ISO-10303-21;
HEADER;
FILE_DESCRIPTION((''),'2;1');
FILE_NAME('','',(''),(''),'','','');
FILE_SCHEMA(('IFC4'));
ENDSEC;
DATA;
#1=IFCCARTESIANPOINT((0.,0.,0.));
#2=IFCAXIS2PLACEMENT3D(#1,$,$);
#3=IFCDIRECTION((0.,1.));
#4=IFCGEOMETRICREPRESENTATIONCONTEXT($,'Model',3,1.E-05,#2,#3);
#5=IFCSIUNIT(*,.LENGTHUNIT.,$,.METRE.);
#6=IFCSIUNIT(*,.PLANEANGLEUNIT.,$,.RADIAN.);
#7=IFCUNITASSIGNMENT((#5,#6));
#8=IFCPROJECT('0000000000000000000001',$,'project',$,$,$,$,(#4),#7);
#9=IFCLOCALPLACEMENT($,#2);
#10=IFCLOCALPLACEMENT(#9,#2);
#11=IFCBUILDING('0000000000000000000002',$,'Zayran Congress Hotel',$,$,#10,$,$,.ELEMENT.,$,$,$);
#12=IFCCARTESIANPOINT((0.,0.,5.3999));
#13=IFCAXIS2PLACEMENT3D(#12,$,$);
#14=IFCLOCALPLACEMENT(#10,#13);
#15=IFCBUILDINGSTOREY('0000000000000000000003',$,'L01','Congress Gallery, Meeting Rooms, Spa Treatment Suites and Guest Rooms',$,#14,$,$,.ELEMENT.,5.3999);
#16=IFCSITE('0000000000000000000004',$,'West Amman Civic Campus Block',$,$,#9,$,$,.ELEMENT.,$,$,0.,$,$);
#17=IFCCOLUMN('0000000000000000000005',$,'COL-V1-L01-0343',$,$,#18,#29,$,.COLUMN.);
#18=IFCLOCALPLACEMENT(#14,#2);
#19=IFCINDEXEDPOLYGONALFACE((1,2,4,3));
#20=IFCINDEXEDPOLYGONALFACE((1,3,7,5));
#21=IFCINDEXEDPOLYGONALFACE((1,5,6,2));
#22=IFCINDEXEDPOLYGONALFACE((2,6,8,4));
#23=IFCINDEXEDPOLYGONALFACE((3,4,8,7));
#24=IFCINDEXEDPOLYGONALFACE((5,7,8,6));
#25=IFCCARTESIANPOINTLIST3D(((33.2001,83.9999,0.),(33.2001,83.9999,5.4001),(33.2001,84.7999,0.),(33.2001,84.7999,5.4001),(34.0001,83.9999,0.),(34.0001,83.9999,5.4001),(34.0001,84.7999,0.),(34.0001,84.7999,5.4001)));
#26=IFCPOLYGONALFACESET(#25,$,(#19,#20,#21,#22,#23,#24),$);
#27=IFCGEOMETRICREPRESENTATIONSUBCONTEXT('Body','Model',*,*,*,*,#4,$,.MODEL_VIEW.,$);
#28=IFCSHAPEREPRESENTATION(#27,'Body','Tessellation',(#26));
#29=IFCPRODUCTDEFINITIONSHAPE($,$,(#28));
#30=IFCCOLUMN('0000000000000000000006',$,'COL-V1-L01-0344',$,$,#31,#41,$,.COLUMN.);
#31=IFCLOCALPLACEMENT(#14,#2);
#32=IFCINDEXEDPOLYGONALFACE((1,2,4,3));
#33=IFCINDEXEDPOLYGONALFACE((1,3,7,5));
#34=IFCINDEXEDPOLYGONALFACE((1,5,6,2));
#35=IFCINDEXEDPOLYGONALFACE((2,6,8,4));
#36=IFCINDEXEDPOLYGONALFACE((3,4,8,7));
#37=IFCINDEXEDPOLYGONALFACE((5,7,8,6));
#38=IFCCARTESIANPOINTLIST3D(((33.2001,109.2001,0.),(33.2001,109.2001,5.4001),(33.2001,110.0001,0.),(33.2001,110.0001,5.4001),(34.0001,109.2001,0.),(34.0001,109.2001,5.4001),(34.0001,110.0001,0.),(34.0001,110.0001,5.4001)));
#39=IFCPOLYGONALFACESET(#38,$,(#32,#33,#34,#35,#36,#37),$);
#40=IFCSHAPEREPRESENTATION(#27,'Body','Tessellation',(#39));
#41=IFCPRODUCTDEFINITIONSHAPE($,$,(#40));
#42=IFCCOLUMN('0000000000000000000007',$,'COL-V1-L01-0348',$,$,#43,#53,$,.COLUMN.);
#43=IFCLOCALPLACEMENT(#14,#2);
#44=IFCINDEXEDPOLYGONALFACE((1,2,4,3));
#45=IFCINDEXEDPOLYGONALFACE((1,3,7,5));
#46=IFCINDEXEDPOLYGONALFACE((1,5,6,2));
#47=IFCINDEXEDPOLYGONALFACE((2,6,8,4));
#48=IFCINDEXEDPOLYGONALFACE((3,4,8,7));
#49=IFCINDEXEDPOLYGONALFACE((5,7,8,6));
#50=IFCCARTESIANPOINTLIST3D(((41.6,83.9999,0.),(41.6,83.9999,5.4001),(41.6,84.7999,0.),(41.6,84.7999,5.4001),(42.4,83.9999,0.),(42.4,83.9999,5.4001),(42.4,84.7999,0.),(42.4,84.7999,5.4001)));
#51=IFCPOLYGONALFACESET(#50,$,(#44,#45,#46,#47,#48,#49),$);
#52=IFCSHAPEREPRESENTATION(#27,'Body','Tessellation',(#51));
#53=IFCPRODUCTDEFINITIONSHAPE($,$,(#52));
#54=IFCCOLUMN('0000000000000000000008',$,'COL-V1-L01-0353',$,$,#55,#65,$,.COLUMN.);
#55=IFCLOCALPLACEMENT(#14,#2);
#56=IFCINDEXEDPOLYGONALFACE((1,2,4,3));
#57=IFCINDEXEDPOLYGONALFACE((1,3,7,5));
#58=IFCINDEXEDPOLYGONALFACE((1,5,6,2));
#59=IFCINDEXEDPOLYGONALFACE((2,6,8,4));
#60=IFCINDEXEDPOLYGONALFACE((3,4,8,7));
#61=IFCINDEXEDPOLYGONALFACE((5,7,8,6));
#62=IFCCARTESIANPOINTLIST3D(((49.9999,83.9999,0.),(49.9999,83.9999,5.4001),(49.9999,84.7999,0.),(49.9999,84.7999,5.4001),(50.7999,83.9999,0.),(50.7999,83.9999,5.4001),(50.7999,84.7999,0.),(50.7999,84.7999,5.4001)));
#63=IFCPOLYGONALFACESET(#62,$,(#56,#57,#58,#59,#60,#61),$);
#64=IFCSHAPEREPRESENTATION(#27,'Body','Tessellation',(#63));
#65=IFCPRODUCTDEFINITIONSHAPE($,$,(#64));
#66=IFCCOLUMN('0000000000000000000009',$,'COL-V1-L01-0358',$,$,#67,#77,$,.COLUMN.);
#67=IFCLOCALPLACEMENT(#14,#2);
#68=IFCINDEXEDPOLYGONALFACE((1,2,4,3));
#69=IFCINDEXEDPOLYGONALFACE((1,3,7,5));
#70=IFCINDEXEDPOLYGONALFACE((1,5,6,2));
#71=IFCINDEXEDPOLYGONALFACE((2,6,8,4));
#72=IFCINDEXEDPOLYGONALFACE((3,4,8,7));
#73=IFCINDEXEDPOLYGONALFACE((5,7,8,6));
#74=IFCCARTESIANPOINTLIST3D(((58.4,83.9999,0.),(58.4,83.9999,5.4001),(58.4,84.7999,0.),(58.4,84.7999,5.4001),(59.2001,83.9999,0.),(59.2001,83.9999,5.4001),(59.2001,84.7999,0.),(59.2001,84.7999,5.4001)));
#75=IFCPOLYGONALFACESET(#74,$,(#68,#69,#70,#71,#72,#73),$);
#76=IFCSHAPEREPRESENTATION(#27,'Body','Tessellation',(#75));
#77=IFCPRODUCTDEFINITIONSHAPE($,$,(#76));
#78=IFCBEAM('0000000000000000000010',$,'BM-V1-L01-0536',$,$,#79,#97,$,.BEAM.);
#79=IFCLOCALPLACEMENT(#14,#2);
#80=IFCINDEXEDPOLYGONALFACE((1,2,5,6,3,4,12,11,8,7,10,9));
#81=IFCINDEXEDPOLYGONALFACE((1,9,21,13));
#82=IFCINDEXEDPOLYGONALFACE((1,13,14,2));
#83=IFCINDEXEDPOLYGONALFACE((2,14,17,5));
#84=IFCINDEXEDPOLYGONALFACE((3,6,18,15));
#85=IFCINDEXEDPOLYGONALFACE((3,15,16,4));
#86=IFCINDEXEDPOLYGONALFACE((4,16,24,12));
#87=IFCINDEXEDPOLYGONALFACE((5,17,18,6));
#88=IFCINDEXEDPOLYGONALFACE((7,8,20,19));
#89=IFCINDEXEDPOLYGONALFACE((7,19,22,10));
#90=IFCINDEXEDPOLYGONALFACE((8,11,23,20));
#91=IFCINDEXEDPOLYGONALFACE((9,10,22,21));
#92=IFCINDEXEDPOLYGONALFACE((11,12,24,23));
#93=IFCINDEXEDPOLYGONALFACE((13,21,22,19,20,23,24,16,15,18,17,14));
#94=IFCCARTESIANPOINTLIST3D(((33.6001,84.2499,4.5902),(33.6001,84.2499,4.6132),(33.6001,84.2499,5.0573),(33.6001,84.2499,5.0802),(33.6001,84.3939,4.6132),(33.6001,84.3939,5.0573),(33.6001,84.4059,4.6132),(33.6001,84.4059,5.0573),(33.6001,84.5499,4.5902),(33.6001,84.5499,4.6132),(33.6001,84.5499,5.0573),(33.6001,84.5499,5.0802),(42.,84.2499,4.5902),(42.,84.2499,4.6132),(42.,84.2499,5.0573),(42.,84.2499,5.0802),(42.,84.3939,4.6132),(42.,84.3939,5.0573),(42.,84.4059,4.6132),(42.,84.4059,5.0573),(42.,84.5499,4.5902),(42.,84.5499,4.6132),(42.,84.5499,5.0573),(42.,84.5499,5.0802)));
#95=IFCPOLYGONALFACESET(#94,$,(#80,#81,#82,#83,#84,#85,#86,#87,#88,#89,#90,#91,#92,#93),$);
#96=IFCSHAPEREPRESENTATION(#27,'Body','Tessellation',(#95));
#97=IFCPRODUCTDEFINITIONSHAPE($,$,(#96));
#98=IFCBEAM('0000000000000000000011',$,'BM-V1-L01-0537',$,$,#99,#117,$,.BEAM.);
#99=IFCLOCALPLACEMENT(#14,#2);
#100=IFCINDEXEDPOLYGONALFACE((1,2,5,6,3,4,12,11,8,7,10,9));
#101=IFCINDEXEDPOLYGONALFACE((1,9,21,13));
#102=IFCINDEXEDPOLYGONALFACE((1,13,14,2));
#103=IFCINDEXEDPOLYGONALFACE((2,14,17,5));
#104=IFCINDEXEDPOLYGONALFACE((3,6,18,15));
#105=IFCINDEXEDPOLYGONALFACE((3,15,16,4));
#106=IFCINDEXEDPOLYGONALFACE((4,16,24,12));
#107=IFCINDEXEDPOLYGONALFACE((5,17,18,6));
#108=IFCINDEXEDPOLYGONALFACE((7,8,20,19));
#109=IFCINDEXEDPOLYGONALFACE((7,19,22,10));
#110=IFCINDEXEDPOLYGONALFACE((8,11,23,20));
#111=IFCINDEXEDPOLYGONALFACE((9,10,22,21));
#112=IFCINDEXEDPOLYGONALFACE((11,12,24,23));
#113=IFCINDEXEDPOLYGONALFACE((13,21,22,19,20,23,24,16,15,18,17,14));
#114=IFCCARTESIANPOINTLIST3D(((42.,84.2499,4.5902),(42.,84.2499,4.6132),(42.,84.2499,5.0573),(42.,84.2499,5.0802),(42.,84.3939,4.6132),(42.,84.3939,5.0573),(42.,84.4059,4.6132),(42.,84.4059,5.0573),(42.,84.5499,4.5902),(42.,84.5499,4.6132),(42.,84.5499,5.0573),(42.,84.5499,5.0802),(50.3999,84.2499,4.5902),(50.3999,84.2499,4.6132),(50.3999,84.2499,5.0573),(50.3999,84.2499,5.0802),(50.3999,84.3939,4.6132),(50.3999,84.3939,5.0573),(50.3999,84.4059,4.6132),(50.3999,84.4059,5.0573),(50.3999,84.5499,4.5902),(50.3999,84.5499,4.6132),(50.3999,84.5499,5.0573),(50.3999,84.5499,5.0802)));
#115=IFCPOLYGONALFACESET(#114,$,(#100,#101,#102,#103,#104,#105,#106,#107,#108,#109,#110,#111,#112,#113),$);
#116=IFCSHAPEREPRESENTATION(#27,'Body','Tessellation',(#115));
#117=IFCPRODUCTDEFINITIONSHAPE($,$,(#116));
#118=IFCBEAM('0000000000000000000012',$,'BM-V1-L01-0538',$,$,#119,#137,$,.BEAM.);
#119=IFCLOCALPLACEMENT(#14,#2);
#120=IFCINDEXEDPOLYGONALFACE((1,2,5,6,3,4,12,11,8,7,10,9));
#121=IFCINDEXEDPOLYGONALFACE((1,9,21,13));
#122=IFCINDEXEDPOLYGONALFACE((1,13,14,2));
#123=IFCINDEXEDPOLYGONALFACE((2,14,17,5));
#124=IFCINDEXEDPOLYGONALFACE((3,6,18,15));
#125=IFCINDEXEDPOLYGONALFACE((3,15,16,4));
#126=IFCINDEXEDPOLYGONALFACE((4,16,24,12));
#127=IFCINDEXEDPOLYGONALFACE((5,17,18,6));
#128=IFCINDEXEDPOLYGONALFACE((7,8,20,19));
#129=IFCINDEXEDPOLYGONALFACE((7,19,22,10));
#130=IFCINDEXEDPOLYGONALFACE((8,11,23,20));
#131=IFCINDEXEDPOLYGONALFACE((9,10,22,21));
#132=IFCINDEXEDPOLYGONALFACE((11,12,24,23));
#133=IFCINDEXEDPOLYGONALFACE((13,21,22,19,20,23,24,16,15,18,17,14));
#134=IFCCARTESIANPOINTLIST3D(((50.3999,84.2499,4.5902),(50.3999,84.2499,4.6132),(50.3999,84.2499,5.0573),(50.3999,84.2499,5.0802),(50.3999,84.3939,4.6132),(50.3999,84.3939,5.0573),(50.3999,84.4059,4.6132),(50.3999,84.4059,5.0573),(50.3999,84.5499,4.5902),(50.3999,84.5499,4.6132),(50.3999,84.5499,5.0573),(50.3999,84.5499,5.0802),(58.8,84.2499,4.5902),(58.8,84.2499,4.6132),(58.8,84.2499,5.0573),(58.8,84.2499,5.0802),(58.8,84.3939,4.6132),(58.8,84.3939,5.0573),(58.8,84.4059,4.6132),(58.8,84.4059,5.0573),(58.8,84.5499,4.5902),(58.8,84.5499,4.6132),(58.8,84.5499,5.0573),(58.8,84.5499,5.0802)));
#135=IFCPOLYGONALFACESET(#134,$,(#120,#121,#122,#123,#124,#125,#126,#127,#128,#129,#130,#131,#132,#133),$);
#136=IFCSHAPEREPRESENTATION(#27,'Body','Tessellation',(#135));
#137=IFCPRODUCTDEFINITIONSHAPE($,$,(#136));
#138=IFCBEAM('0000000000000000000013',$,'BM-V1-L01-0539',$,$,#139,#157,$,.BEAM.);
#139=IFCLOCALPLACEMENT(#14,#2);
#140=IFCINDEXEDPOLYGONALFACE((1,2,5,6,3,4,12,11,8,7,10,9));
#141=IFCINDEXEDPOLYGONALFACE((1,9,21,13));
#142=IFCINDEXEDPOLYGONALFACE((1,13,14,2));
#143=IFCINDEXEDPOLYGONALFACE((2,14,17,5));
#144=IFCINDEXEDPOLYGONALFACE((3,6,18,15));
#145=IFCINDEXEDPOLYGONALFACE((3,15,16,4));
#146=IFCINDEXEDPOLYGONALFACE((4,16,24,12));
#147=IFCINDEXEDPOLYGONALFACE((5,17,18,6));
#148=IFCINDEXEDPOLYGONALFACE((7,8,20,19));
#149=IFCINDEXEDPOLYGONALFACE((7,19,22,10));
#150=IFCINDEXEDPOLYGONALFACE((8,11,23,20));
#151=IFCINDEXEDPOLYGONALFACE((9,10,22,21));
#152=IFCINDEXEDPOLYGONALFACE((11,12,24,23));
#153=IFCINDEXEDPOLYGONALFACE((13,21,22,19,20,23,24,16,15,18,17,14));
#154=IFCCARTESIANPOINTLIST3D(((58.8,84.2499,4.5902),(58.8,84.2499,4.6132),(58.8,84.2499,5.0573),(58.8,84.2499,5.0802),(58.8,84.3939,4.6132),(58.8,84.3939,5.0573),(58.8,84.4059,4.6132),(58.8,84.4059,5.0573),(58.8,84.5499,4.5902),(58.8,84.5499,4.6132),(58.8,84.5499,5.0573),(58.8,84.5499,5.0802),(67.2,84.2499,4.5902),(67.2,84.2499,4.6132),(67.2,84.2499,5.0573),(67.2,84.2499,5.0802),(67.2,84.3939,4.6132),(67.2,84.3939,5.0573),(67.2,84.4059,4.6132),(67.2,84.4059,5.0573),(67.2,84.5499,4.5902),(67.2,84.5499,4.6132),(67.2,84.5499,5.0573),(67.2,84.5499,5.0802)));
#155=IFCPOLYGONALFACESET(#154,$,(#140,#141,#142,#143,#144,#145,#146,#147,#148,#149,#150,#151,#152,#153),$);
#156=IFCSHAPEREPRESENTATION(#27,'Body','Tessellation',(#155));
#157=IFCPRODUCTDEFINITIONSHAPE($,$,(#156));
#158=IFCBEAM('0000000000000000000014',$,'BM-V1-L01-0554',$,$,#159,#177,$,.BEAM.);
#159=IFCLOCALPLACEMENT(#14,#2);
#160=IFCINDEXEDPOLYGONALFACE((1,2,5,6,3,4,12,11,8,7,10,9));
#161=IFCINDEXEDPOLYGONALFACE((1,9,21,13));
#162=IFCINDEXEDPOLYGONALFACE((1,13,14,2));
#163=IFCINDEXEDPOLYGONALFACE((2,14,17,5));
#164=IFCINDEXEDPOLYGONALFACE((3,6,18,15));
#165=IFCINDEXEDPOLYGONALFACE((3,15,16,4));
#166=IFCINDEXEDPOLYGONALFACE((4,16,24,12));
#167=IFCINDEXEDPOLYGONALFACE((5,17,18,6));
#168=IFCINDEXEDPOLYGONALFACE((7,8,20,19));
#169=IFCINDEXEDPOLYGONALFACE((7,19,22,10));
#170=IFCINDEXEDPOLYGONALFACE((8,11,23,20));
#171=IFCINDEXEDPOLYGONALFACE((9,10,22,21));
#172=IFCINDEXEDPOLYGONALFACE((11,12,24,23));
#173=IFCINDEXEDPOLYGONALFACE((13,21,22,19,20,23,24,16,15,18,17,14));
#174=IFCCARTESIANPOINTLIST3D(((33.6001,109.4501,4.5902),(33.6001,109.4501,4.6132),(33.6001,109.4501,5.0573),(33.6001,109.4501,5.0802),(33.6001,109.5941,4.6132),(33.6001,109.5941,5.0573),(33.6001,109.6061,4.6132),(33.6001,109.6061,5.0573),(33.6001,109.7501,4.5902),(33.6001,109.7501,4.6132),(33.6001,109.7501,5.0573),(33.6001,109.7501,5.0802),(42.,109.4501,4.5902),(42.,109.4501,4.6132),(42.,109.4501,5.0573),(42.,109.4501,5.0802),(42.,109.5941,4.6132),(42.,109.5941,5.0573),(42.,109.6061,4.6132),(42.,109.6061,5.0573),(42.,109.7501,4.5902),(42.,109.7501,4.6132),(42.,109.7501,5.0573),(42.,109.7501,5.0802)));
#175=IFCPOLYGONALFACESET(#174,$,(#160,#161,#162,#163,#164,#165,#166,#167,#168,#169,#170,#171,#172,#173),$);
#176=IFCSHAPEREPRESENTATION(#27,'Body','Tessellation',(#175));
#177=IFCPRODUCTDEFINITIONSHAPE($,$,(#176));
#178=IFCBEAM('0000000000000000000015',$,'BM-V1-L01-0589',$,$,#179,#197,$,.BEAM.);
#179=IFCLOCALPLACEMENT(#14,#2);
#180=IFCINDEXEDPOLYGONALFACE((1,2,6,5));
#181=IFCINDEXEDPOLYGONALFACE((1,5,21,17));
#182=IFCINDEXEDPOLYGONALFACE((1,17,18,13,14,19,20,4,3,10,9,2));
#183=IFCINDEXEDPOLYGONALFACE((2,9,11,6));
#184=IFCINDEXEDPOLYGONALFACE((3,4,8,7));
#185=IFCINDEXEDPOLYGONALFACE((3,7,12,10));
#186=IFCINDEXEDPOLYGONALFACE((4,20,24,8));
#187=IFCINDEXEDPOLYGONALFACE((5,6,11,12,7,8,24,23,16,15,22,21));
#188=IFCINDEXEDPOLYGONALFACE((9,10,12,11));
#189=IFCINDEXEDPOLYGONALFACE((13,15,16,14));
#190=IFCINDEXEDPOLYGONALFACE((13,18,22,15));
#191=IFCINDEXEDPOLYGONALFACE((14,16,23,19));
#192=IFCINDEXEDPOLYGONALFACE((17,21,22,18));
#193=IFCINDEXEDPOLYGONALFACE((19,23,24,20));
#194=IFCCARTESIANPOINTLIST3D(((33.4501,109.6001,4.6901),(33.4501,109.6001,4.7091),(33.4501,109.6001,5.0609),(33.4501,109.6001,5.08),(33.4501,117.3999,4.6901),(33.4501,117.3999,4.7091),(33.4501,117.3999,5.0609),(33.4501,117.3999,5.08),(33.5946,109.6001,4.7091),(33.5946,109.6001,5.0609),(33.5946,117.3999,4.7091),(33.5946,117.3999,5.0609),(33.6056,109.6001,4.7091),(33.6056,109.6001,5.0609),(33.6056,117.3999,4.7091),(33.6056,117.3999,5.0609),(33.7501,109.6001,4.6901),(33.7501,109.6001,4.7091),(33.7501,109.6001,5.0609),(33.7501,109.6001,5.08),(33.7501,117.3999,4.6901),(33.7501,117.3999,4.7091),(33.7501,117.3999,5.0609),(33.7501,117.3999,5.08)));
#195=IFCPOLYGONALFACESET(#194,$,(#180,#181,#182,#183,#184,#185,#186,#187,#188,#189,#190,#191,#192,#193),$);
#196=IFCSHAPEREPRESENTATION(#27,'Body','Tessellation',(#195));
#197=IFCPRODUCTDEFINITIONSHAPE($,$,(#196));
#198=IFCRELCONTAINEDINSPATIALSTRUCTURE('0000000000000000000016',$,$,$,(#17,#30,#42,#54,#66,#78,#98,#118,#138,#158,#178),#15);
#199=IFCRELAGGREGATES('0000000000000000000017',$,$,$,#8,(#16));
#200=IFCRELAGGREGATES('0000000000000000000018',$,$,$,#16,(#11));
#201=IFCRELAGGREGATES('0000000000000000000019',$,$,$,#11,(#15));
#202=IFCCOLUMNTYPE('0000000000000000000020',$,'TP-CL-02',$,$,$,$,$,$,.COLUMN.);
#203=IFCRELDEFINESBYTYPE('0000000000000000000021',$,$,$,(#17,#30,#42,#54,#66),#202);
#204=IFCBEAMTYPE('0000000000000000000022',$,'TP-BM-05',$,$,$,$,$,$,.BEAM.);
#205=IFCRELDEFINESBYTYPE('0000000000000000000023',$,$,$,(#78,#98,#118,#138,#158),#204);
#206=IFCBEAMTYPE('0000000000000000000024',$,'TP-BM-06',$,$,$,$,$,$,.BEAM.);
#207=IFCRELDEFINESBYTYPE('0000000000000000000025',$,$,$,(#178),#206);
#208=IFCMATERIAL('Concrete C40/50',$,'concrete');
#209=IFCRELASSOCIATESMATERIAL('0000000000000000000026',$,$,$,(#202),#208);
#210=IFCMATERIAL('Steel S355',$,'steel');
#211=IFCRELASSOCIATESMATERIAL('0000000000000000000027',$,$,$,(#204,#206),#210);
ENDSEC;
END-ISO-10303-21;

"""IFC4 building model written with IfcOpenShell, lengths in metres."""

from ifc_helpers import new_model, si_unit, direction, frame, origin, origin_2d, place, context, subcontext, project, spatial, rectangle, i_section, extrude, material, material_profile, profile_set, type_object, element, save


model = new_model("IFC4")

# Units and contexts
model_context = context("Model", 3, precision=1e-05, world=origin(), true_north=direction((0.0, 1.0)))
body_context = subcontext(model_context, "Body", "Model", "MODEL_VIEW")
ifc_project = project(units=[si_unit("LENGTHUNIT", "METRE"), si_unit("PLANEANGLEUNIT", "RADIAN")], contexts=[model_context])

# Site, building, storey
site_placement = place(None, origin())
site = spatial("IfcSite", under=ifc_project, at=site_placement, Name="West Amman Civic Campus Block", CompositionType="ELEMENT", RefElevation=0.0)
building_placement = place(site_placement, origin())
building = spatial("IfcBuilding", under=site, at=building_placement, Name="Zayran Congress Hotel", CompositionType="ELEMENT")
storey_placement = place(building_placement, frame((0.0, 0.0, 5.3999)))
storey = spatial("IfcBuildingStorey", under=building, at=storey_placement, Name="L01", Description="Congress Gallery, Meeting Rooms, Spa Treatment Suites and Guest Rooms", CompositionType="ELEMENT", Elevation=5.3999)

# Columns
ifc_material_1 = material(Name="Concrete C40/50", Category="concrete")
ifc_material_profile_1 = material_profile(ifc_material_1, rectangle(XDim=0.8, YDim=0.8, at=origin_2d()), Name="RC 800x800")
ifc_profile_set_1 = profile_set([ifc_material_profile_1], Name="Concrete C40/50")
column_type = type_object("IfcColumnType", Name="TP-CL-02", PredefinedType="COLUMN", material=ifc_profile_set_1)
for number, where, z_axis, x_axis, name in (
    (1, (33.6001, 84.3999, 0.0), (0.0, 0.0, 1.0), (1.0, 0.0, 0.0), "COL-V1-L01-0343"),
    (2, (33.6001, 109.6001, 0.0), (0.0, 0.0, 1.0), (1.0, 0.0, 0.0), "COL-V1-L01-0344"),
    (3, (42.0, 84.3999, 0.0), (0.0, 0.0, 1.0), (1.0, 0.0, 0.0), "COL-V1-L01-0348"),
    (4, (50.3999, 84.3999, 0.0), (0.0, 0.0, 1.0), (1.0, 0.0, 0.0), "COL-V1-L01-0353"),
    (5, (58.8, 84.3999, 0.0), (0.0, 0.0, 1.0), (1.0, 0.0, 0.0), "COL-V1-L01-0358"),
):
    element("IfcColumn", number, at=place(storey_placement, frame(where, z_axis=z_axis, x_axis=x_axis)), inside=storey, type_object=column_type, Name=name, PredefinedType="COLUMN", context=body_context, shape_type="SweptSolid", body=[
        extrude(rectangle(XDim=0.8, YDim=0.8, at=origin_2d()), origin(), (0.0, 0.0, 1.0), 5.4001),
    ])

# Beams
ifc_material_2 = material(Name="Steel S355", Category="steel")
ifc_material_profile_2 = material_profile(ifc_material_2, i_section(OverallWidth=0.3, OverallDepth=0.49, WebThickness=0.012, FlangeThickness=0.0229, at=origin_2d()), Name="HEA 500")
ifc_profile_set_2 = profile_set([ifc_material_profile_2], Name="Steel S355")
beam_type_1 = type_object("IfcBeamType", Name="TP-BM-05", PredefinedType="BEAM", material=ifc_profile_set_2)
for number, where, z_axis, x_axis, name in (
    (6, (33.6001, 84.3999, 4.8352), (1.0, 0.0, 0.0), (0.0, 1.0, 0.0), "BM-V1-L01-0536"),
    (7, (42.0, 84.3999, 4.8352), (1.0, 0.0, 0.0), (0.0, 1.0, 0.0), "BM-V1-L01-0537"),
):
    element("IfcBeam", number, at=place(storey_placement, frame(where, z_axis=z_axis, x_axis=x_axis)), inside=storey, type_object=beam_type_1, Name=name, PredefinedType="BEAM", context=body_context, shape_type="SweptSolid", body=[
        extrude(i_section(OverallWidth=0.3, OverallDepth=0.49, WebThickness=0.012, FlangeThickness=0.0229, at=origin_2d()), origin(), (0.0, 0.0, 1.0), 8.3999),
    ])
beam_1_placement = place(storey_placement, frame((50.3999, 84.3999, 4.8352), z_axis=(1.0, 0.0, 0.0), x_axis=(0.0, 1.0, 0.0)))
element("IfcBeam", 8, at=beam_1_placement, inside=storey, type_object=beam_type_1, Name="BM-V1-L01-0538", PredefinedType="BEAM", context=body_context, shape_type="SweptSolid", body=[
    extrude(i_section(OverallWidth=0.3, OverallDepth=0.49, WebThickness=0.012, FlangeThickness=0.0229, at=origin_2d()), origin(), (0.0, 0.0, 1.0), 8.4001),
])
for number, where, z_axis, x_axis, name in (
    (9, (58.8, 84.3999, 4.8352), (1.0, 0.0, 0.0), (0.0, 1.0, 0.0), "BM-V1-L01-0539"),
    (10, (33.6001, 109.6001, 4.8352), (1.0, 0.0, 0.0), (0.0, 1.0, 0.0), "BM-V1-L01-0554"),
):
    element("IfcBeam", number, at=place(storey_placement, frame(where, z_axis=z_axis, x_axis=x_axis)), inside=storey, type_object=beam_type_1, Name=name, PredefinedType="BEAM", context=body_context, shape_type="SweptSolid", body=[
        extrude(i_section(OverallWidth=0.3, OverallDepth=0.49, WebThickness=0.012, FlangeThickness=0.0229, at=origin_2d()), origin(), (0.0, 0.0, 1.0), 8.3999),
    ])
ifc_material_profile_3 = material_profile(ifc_material_2, i_section(OverallWidth=0.3, OverallDepth=0.3899, WebThickness=0.011, FlangeThickness=0.019, at=origin_2d()), Name="HEA 400")
ifc_profile_set_3 = profile_set([ifc_material_profile_3], Name="Steel S355")
beam_type_2 = type_object("IfcBeamType", Name="TP-BM-06", PredefinedType="BEAM", material=ifc_profile_set_3)
beam_2_placement = place(storey_placement, frame((33.6001, 109.6001, 4.885), z_axis=(0.0, 1.0, 0.0), x_axis=(-1.0, 0.0, 0.0)))
element("IfcBeam", 11, at=beam_2_placement, inside=storey, type_object=beam_type_2, Name="BM-V1-L01-0589", PredefinedType="BEAM", context=body_context, shape_type="SweptSolid", body=[
    extrude(i_section(OverallWidth=0.3, OverallDepth=0.3899, WebThickness=0.011, FlangeThickness=0.019, at=origin_2d()), origin(), (0.0, 0.0, 1.0), 7.7998),
])

save(model, "model.ifc")
